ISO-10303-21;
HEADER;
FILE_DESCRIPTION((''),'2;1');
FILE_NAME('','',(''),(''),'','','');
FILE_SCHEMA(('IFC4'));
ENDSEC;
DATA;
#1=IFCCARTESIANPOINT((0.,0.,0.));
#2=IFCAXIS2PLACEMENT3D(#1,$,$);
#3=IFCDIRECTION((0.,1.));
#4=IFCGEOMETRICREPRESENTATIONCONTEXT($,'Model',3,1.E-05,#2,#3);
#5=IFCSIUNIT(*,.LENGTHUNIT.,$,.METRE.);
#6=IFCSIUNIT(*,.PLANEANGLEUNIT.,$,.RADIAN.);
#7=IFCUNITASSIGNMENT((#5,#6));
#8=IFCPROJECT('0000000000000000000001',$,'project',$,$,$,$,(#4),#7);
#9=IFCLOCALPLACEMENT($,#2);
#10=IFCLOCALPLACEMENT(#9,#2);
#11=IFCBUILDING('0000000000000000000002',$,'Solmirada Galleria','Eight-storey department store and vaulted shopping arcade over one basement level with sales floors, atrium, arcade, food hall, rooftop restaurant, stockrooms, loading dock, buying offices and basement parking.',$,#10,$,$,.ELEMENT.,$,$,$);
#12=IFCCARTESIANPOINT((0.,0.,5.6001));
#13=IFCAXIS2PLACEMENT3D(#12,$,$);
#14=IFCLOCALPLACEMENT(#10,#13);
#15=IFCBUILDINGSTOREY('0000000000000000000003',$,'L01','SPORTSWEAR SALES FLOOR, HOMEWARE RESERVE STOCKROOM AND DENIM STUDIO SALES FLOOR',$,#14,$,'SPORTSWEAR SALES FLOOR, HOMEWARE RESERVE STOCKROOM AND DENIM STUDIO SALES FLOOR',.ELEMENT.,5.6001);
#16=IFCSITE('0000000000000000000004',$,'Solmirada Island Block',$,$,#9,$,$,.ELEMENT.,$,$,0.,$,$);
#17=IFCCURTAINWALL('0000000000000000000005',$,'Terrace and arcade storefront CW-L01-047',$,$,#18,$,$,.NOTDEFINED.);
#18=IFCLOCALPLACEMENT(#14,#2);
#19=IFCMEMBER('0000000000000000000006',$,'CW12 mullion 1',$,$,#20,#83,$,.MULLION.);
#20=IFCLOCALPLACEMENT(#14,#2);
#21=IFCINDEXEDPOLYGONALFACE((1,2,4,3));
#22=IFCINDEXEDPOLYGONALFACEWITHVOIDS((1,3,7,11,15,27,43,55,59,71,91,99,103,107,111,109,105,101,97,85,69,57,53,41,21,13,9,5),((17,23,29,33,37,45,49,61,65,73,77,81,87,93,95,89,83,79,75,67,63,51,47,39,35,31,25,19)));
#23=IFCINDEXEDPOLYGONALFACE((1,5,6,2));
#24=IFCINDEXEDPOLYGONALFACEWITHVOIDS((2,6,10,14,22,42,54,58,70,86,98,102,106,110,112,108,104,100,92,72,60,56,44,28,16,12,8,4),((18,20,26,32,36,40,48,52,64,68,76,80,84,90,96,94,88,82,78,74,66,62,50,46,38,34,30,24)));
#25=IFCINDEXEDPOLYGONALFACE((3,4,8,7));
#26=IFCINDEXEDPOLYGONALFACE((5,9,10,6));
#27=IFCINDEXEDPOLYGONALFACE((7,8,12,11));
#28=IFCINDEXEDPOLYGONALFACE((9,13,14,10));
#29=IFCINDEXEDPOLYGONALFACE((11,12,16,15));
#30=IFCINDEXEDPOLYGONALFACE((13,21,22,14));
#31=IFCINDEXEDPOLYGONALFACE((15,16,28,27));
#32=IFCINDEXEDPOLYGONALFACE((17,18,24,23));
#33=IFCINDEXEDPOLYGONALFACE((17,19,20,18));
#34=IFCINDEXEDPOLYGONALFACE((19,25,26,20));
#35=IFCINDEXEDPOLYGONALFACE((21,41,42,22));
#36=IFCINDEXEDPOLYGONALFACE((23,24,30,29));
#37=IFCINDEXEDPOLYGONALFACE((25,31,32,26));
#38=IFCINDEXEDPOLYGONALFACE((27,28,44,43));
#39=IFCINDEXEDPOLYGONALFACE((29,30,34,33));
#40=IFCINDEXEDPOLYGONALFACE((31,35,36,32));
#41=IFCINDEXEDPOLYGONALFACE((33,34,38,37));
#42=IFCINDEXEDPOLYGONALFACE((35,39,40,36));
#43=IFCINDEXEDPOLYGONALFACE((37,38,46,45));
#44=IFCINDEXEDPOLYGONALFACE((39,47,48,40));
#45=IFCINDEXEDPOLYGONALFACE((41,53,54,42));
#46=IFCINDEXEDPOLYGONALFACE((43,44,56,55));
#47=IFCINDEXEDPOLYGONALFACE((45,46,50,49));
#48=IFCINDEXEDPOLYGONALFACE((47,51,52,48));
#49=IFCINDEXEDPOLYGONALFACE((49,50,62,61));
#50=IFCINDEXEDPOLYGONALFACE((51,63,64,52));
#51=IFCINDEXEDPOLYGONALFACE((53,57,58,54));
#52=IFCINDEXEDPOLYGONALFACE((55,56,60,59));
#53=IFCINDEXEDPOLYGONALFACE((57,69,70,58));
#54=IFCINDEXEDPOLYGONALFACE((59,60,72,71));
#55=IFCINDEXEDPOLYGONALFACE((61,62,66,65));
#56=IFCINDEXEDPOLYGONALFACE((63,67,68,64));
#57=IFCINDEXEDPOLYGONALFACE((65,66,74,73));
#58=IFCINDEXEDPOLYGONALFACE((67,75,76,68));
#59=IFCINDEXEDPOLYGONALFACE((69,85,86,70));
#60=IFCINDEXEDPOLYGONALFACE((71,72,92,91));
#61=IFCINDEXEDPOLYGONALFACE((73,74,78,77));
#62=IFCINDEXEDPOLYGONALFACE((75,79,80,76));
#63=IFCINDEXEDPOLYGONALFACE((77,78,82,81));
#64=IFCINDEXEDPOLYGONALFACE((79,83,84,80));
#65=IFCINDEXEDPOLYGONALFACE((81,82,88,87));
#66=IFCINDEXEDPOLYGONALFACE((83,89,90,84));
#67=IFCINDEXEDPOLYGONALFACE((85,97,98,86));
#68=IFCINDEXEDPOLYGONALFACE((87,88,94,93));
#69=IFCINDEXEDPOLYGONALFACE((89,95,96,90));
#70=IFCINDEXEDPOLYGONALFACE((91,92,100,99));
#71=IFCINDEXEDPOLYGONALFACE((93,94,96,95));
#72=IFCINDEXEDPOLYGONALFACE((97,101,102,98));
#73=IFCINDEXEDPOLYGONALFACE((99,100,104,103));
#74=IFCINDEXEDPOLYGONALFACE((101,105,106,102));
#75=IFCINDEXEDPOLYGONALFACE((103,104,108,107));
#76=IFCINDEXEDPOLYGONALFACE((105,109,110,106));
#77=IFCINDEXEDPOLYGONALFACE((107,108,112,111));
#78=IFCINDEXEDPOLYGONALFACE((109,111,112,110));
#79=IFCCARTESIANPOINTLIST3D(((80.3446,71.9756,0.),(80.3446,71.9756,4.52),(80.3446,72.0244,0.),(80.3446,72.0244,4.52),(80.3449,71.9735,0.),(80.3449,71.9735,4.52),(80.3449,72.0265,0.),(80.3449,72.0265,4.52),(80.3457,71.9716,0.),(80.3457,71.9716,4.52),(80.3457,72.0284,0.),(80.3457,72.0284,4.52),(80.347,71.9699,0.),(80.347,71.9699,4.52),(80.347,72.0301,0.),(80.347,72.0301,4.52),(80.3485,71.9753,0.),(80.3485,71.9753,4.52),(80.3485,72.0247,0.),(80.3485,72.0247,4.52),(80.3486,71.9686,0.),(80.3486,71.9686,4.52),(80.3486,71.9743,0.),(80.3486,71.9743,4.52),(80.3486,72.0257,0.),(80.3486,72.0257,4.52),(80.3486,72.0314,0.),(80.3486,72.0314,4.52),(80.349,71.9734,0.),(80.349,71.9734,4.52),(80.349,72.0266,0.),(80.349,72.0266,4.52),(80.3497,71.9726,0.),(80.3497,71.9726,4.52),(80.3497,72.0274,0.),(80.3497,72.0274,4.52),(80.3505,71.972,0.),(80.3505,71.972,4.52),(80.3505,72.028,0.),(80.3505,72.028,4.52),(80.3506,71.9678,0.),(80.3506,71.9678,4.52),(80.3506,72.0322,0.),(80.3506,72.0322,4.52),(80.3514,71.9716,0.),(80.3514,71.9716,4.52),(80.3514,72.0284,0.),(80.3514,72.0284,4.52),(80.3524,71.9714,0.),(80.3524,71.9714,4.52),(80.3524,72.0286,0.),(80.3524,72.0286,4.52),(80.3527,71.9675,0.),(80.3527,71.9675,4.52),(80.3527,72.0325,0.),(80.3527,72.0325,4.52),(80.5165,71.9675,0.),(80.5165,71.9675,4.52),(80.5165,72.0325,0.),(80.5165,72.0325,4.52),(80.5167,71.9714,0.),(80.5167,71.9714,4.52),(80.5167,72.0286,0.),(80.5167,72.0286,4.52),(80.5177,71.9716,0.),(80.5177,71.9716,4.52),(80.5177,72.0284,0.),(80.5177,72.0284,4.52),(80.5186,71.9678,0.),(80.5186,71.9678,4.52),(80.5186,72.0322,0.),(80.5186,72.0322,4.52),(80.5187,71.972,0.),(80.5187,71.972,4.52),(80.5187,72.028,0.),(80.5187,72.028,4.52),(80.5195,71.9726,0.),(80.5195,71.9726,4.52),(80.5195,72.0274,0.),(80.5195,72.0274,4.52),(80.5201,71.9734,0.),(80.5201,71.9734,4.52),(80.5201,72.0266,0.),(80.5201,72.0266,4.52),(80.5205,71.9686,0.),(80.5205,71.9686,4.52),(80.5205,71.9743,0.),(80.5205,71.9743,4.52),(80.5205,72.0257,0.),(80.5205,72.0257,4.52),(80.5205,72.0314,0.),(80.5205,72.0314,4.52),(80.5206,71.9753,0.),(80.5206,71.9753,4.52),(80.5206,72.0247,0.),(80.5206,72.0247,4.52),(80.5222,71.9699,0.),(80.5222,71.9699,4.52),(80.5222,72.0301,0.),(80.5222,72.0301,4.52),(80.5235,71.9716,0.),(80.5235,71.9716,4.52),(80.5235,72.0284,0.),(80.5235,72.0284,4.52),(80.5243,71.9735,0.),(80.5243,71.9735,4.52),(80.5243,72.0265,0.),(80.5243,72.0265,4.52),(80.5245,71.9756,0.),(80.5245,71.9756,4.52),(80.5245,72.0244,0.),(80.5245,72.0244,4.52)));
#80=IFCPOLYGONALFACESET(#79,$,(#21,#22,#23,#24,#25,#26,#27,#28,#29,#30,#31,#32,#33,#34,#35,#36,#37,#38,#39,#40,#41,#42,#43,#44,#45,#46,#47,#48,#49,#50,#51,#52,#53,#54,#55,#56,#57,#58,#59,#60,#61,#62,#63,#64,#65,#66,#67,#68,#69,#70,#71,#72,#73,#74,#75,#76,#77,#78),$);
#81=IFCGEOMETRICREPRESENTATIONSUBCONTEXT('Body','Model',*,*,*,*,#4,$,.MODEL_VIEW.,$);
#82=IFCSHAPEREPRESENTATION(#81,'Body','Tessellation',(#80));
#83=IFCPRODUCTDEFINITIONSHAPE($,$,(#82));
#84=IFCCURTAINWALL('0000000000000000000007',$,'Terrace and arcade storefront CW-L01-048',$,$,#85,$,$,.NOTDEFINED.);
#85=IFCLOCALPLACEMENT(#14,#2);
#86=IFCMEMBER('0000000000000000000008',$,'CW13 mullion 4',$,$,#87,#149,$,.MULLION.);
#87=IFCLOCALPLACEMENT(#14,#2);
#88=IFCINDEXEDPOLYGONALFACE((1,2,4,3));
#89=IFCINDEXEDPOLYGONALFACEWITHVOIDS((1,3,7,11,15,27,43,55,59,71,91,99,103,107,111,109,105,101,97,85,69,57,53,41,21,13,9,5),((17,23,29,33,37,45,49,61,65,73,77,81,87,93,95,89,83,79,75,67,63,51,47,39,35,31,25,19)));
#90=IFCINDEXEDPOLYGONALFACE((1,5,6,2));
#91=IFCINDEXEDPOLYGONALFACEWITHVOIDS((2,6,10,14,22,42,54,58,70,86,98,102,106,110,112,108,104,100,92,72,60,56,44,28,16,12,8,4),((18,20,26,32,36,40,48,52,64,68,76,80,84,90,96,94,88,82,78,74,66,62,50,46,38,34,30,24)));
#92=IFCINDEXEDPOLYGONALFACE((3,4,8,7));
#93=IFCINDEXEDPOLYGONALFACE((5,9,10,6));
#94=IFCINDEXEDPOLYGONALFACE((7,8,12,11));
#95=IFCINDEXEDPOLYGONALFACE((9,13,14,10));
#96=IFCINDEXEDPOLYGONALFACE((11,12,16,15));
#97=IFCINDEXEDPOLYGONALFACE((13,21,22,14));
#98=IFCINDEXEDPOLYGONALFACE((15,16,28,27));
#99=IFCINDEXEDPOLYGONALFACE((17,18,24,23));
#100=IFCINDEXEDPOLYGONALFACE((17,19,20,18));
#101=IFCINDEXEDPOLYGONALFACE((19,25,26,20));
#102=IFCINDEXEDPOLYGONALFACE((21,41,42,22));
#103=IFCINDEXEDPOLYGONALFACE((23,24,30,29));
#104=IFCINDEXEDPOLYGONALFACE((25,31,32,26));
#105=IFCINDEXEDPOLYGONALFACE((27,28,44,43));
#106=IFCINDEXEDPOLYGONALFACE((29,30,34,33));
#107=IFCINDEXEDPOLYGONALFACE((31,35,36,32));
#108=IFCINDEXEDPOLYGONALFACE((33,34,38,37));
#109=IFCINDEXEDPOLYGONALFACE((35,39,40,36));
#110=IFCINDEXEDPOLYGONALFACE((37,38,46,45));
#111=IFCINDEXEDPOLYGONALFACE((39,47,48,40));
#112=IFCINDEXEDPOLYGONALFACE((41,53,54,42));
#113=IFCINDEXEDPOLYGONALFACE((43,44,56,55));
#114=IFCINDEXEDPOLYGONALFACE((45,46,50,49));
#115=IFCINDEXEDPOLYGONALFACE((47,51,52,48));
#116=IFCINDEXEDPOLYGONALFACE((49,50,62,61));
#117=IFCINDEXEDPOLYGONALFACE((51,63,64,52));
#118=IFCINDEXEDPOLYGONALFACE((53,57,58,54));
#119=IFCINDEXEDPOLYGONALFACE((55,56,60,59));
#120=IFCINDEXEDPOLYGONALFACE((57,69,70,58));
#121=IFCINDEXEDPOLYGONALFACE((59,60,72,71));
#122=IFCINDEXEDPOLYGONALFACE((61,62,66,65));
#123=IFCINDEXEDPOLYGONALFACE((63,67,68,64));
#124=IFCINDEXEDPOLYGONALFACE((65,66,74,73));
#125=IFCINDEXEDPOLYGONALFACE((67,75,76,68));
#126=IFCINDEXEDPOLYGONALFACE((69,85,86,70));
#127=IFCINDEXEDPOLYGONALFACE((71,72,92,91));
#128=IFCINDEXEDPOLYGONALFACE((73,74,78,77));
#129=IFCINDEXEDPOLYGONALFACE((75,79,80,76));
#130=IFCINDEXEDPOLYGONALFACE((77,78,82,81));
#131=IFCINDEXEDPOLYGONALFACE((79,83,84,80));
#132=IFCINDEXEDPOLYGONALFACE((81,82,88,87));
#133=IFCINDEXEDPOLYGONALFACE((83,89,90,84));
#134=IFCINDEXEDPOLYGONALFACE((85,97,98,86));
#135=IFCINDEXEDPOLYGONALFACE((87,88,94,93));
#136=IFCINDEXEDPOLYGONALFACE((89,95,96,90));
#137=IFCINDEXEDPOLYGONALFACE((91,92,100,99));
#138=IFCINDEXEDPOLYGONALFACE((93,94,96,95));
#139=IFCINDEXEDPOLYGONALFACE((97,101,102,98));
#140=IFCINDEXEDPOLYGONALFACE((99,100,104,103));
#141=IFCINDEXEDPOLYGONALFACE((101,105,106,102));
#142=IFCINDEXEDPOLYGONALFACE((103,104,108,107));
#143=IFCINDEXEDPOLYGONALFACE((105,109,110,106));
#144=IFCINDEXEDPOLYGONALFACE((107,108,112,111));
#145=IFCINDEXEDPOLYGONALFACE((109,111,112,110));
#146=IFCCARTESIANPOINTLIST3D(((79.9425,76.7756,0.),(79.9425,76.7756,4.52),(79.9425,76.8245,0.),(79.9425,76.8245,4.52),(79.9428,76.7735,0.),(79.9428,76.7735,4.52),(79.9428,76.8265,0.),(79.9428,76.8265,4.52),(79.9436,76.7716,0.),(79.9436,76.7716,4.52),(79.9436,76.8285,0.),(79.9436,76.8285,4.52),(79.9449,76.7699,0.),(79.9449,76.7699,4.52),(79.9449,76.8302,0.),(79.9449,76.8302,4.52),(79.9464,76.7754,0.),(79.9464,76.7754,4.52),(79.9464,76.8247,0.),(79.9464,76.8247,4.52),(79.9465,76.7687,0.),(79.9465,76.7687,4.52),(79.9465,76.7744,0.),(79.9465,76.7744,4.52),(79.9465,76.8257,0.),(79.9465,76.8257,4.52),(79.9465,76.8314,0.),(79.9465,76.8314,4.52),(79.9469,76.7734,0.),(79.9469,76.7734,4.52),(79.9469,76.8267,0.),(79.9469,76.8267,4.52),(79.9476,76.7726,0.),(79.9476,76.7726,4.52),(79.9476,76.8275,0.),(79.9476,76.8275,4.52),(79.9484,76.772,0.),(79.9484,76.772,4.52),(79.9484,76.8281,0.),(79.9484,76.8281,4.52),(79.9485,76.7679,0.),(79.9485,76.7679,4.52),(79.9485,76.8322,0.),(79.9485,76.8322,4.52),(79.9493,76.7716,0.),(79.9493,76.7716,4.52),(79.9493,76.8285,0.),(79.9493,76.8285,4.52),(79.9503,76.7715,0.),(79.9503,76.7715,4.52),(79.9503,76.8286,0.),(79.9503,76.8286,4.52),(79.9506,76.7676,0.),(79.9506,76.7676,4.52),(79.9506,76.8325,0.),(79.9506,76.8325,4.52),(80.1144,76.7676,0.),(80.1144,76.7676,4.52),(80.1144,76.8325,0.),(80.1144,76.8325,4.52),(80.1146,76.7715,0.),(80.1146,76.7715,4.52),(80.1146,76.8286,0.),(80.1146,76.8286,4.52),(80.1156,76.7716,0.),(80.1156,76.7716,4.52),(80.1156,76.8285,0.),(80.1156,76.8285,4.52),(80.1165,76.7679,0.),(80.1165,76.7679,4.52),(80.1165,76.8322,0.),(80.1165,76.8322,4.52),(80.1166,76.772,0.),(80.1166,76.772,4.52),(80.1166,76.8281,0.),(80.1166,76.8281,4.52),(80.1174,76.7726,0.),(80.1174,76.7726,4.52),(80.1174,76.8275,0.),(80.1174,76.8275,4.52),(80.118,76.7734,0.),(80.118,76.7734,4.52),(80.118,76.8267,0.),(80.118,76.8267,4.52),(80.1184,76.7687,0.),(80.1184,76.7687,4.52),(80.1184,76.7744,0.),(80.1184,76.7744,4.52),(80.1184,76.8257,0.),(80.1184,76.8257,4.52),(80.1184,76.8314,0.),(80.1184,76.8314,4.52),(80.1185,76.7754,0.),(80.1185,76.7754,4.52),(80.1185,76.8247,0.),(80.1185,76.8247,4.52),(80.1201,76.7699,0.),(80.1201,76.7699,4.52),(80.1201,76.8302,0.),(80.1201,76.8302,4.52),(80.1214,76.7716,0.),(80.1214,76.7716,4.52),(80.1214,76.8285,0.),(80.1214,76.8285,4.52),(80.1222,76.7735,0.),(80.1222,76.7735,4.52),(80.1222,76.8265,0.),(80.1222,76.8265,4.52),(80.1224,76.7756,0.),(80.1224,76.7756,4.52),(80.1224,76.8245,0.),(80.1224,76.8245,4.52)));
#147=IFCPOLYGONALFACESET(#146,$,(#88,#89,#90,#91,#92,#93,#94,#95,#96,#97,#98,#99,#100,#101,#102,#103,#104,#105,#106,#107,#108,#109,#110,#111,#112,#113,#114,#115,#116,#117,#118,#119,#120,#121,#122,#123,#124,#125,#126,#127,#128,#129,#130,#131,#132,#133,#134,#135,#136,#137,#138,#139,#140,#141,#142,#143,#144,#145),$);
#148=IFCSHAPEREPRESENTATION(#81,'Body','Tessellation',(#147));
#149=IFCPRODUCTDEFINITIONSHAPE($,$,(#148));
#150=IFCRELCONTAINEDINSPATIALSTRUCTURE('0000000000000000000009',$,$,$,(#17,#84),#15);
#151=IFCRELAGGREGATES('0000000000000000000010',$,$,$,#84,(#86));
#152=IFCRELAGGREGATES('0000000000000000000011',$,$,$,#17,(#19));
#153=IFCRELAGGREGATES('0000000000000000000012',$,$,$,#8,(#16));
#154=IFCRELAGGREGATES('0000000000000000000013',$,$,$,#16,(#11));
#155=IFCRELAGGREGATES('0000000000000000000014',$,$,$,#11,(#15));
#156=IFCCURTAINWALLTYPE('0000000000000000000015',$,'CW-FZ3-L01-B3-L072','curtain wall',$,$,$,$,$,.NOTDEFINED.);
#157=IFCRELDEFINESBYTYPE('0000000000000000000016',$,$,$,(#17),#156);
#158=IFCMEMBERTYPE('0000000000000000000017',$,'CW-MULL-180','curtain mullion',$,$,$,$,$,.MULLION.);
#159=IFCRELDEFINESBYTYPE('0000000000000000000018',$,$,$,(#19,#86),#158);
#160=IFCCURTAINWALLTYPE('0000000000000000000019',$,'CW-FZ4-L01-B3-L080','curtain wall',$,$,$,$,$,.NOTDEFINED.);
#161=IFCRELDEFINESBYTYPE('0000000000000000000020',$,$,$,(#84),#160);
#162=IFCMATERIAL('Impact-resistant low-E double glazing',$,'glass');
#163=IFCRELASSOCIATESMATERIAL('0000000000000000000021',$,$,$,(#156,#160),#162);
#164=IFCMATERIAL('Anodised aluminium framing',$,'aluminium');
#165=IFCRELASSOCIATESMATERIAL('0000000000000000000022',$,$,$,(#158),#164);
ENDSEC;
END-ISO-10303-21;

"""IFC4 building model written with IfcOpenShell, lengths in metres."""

from ifc_helpers import new_model, si_unit, direction, frame, origin, origin_2d, place, context, subcontext, project, spatial, hollow_rectangle, extrude, material, material_profile, profile_set, type_object, element, aggregate, save


model = new_model("IFC4")

# Units and contexts
model_context = context("Model", 3, precision=1e-05, world=origin(), true_north=direction((0.0, 1.0)))
body_context = subcontext(model_context, "Body", "Model", "MODEL_VIEW")
ifc_project = project(units=[si_unit("LENGTHUNIT", "METRE"), si_unit("PLANEANGLEUNIT", "RADIAN")], contexts=[model_context])

# Site, building, storey
site_placement = place(None, origin())
site = spatial("IfcSite", under=ifc_project, at=site_placement, Name="Solmirada Island Block", CompositionType="ELEMENT", RefElevation=0.0)
building_placement = place(site_placement, origin())
building = spatial("IfcBuilding", under=site, at=building_placement, Name="Solmirada Galleria", Description="Eight-storey department store and vaulted shopping arcade over one basement level with sales floors, atrium, arcade, food hall, rooftop restaurant, stockrooms, loading dock, buying offices and basement parking.", CompositionType="ELEMENT")
storey_placement = place(building_placement, frame((0.0, 0.0, 5.6001)))
storey = spatial("IfcBuildingStorey", under=building, at=storey_placement, Name="L01", Description="SPORTSWEAR SALES FLOOR, HOMEWARE RESERVE STOCKROOM AND DENIM STUDIO SALES FLOOR", LongName="SPORTSWEAR SALES FLOOR, HOMEWARE RESERVE STOCKROOM AND DENIM STUDIO SALES FLOOR", CompositionType="ELEMENT", Elevation=5.6001)

# Shared definitions
ifc_material_1 = material(Name="Impact-resistant low-E double glazing", Category="glass")
curtain_wall_type_1 = type_object("IfcCurtainWallType", Name="CW-FZ3-L01-B3-L072", Description="curtain wall", PredefinedType="NOTDEFINED", material=ifc_material_1)
ifc_material_2 = material(Name="Anodised aluminium framing", Category="aluminium")
ifc_material_profile_1 = material_profile(ifc_material_2, hollow_rectangle(XDim=0.0649, YDim=0.1799, WallThickness=0.0039, InnerFilletRadius=0.0039, OuterFilletRadius=0.0081, at=origin_2d()), Name="ALU-MULL-180X65")
ifc_profile_set_1 = profile_set([ifc_material_profile_1], Name="Anodised aluminium framing")
member_type_1 = type_object("IfcMemberType", Name="CW-MULL-180", Description="curtain mullion", PredefinedType="MULLION", material=ifc_profile_set_1)

# Curtain walls, members
curtain_wall_1_placement = place(storey_placement, origin())
curtain_wall_1 = element("IfcCurtainWall", 1, at=curtain_wall_1_placement, inside=storey, type_object=curtain_wall_type_1, Name="Terrace and arcade storefront CW-L01-047", PredefinedType="NOTDEFINED")
member_1_placement = place(storey_placement, frame((80.4346, 72.0, 0.0), z_axis=(0.0, 0.0, 1.0), x_axis=(0.0, 1.0, 0.0)))
member_1 = element("IfcMember", 2, at=member_1_placement, type_object=member_type_1, Name="CW12 mullion 1", PredefinedType="MULLION", context=body_context, shape_type="SweptSolid", body=[
    extrude(hollow_rectangle(XDim=0.0649, YDim=0.1799, WallThickness=0.0039, InnerFilletRadius=0.0039, OuterFilletRadius=0.0081, at=origin_2d()), origin(), (0.0, 0.0, 1.0), 4.52),
])
curtain_wall_type_2 = type_object("IfcCurtainWallType", Name="CW-FZ4-L01-B3-L080", Description="curtain wall", PredefinedType="NOTDEFINED", material=ifc_material_1)
curtain_wall_2_placement = place(storey_placement, origin())
curtain_wall_2 = element("IfcCurtainWall", 3, at=curtain_wall_2_placement, inside=storey, type_object=curtain_wall_type_2, Name="Terrace and arcade storefront CW-L01-048", PredefinedType="NOTDEFINED")
member_2_placement = place(storey_placement, frame((80.0325, 76.8, 0.0), z_axis=(0.0, 0.0, 1.0), x_axis=(0.0, -1.0, 0.0)))
member_2 = element("IfcMember", 4, at=member_2_placement, type_object=member_type_1, Name="CW13 mullion 4", PredefinedType="MULLION", context=body_context, shape_type="SweptSolid", body=[
    extrude(hollow_rectangle(XDim=0.0649, YDim=0.1799, WallThickness=0.0039, InnerFilletRadius=0.0039, OuterFilletRadius=0.0081, at=origin_2d()), origin(), (0.0, 0.0, 1.0), 4.52),
])
aggregate(curtain_wall_2, [member_2])

aggregate(curtain_wall_1, [member_1])

save(model, "model.ifc")
